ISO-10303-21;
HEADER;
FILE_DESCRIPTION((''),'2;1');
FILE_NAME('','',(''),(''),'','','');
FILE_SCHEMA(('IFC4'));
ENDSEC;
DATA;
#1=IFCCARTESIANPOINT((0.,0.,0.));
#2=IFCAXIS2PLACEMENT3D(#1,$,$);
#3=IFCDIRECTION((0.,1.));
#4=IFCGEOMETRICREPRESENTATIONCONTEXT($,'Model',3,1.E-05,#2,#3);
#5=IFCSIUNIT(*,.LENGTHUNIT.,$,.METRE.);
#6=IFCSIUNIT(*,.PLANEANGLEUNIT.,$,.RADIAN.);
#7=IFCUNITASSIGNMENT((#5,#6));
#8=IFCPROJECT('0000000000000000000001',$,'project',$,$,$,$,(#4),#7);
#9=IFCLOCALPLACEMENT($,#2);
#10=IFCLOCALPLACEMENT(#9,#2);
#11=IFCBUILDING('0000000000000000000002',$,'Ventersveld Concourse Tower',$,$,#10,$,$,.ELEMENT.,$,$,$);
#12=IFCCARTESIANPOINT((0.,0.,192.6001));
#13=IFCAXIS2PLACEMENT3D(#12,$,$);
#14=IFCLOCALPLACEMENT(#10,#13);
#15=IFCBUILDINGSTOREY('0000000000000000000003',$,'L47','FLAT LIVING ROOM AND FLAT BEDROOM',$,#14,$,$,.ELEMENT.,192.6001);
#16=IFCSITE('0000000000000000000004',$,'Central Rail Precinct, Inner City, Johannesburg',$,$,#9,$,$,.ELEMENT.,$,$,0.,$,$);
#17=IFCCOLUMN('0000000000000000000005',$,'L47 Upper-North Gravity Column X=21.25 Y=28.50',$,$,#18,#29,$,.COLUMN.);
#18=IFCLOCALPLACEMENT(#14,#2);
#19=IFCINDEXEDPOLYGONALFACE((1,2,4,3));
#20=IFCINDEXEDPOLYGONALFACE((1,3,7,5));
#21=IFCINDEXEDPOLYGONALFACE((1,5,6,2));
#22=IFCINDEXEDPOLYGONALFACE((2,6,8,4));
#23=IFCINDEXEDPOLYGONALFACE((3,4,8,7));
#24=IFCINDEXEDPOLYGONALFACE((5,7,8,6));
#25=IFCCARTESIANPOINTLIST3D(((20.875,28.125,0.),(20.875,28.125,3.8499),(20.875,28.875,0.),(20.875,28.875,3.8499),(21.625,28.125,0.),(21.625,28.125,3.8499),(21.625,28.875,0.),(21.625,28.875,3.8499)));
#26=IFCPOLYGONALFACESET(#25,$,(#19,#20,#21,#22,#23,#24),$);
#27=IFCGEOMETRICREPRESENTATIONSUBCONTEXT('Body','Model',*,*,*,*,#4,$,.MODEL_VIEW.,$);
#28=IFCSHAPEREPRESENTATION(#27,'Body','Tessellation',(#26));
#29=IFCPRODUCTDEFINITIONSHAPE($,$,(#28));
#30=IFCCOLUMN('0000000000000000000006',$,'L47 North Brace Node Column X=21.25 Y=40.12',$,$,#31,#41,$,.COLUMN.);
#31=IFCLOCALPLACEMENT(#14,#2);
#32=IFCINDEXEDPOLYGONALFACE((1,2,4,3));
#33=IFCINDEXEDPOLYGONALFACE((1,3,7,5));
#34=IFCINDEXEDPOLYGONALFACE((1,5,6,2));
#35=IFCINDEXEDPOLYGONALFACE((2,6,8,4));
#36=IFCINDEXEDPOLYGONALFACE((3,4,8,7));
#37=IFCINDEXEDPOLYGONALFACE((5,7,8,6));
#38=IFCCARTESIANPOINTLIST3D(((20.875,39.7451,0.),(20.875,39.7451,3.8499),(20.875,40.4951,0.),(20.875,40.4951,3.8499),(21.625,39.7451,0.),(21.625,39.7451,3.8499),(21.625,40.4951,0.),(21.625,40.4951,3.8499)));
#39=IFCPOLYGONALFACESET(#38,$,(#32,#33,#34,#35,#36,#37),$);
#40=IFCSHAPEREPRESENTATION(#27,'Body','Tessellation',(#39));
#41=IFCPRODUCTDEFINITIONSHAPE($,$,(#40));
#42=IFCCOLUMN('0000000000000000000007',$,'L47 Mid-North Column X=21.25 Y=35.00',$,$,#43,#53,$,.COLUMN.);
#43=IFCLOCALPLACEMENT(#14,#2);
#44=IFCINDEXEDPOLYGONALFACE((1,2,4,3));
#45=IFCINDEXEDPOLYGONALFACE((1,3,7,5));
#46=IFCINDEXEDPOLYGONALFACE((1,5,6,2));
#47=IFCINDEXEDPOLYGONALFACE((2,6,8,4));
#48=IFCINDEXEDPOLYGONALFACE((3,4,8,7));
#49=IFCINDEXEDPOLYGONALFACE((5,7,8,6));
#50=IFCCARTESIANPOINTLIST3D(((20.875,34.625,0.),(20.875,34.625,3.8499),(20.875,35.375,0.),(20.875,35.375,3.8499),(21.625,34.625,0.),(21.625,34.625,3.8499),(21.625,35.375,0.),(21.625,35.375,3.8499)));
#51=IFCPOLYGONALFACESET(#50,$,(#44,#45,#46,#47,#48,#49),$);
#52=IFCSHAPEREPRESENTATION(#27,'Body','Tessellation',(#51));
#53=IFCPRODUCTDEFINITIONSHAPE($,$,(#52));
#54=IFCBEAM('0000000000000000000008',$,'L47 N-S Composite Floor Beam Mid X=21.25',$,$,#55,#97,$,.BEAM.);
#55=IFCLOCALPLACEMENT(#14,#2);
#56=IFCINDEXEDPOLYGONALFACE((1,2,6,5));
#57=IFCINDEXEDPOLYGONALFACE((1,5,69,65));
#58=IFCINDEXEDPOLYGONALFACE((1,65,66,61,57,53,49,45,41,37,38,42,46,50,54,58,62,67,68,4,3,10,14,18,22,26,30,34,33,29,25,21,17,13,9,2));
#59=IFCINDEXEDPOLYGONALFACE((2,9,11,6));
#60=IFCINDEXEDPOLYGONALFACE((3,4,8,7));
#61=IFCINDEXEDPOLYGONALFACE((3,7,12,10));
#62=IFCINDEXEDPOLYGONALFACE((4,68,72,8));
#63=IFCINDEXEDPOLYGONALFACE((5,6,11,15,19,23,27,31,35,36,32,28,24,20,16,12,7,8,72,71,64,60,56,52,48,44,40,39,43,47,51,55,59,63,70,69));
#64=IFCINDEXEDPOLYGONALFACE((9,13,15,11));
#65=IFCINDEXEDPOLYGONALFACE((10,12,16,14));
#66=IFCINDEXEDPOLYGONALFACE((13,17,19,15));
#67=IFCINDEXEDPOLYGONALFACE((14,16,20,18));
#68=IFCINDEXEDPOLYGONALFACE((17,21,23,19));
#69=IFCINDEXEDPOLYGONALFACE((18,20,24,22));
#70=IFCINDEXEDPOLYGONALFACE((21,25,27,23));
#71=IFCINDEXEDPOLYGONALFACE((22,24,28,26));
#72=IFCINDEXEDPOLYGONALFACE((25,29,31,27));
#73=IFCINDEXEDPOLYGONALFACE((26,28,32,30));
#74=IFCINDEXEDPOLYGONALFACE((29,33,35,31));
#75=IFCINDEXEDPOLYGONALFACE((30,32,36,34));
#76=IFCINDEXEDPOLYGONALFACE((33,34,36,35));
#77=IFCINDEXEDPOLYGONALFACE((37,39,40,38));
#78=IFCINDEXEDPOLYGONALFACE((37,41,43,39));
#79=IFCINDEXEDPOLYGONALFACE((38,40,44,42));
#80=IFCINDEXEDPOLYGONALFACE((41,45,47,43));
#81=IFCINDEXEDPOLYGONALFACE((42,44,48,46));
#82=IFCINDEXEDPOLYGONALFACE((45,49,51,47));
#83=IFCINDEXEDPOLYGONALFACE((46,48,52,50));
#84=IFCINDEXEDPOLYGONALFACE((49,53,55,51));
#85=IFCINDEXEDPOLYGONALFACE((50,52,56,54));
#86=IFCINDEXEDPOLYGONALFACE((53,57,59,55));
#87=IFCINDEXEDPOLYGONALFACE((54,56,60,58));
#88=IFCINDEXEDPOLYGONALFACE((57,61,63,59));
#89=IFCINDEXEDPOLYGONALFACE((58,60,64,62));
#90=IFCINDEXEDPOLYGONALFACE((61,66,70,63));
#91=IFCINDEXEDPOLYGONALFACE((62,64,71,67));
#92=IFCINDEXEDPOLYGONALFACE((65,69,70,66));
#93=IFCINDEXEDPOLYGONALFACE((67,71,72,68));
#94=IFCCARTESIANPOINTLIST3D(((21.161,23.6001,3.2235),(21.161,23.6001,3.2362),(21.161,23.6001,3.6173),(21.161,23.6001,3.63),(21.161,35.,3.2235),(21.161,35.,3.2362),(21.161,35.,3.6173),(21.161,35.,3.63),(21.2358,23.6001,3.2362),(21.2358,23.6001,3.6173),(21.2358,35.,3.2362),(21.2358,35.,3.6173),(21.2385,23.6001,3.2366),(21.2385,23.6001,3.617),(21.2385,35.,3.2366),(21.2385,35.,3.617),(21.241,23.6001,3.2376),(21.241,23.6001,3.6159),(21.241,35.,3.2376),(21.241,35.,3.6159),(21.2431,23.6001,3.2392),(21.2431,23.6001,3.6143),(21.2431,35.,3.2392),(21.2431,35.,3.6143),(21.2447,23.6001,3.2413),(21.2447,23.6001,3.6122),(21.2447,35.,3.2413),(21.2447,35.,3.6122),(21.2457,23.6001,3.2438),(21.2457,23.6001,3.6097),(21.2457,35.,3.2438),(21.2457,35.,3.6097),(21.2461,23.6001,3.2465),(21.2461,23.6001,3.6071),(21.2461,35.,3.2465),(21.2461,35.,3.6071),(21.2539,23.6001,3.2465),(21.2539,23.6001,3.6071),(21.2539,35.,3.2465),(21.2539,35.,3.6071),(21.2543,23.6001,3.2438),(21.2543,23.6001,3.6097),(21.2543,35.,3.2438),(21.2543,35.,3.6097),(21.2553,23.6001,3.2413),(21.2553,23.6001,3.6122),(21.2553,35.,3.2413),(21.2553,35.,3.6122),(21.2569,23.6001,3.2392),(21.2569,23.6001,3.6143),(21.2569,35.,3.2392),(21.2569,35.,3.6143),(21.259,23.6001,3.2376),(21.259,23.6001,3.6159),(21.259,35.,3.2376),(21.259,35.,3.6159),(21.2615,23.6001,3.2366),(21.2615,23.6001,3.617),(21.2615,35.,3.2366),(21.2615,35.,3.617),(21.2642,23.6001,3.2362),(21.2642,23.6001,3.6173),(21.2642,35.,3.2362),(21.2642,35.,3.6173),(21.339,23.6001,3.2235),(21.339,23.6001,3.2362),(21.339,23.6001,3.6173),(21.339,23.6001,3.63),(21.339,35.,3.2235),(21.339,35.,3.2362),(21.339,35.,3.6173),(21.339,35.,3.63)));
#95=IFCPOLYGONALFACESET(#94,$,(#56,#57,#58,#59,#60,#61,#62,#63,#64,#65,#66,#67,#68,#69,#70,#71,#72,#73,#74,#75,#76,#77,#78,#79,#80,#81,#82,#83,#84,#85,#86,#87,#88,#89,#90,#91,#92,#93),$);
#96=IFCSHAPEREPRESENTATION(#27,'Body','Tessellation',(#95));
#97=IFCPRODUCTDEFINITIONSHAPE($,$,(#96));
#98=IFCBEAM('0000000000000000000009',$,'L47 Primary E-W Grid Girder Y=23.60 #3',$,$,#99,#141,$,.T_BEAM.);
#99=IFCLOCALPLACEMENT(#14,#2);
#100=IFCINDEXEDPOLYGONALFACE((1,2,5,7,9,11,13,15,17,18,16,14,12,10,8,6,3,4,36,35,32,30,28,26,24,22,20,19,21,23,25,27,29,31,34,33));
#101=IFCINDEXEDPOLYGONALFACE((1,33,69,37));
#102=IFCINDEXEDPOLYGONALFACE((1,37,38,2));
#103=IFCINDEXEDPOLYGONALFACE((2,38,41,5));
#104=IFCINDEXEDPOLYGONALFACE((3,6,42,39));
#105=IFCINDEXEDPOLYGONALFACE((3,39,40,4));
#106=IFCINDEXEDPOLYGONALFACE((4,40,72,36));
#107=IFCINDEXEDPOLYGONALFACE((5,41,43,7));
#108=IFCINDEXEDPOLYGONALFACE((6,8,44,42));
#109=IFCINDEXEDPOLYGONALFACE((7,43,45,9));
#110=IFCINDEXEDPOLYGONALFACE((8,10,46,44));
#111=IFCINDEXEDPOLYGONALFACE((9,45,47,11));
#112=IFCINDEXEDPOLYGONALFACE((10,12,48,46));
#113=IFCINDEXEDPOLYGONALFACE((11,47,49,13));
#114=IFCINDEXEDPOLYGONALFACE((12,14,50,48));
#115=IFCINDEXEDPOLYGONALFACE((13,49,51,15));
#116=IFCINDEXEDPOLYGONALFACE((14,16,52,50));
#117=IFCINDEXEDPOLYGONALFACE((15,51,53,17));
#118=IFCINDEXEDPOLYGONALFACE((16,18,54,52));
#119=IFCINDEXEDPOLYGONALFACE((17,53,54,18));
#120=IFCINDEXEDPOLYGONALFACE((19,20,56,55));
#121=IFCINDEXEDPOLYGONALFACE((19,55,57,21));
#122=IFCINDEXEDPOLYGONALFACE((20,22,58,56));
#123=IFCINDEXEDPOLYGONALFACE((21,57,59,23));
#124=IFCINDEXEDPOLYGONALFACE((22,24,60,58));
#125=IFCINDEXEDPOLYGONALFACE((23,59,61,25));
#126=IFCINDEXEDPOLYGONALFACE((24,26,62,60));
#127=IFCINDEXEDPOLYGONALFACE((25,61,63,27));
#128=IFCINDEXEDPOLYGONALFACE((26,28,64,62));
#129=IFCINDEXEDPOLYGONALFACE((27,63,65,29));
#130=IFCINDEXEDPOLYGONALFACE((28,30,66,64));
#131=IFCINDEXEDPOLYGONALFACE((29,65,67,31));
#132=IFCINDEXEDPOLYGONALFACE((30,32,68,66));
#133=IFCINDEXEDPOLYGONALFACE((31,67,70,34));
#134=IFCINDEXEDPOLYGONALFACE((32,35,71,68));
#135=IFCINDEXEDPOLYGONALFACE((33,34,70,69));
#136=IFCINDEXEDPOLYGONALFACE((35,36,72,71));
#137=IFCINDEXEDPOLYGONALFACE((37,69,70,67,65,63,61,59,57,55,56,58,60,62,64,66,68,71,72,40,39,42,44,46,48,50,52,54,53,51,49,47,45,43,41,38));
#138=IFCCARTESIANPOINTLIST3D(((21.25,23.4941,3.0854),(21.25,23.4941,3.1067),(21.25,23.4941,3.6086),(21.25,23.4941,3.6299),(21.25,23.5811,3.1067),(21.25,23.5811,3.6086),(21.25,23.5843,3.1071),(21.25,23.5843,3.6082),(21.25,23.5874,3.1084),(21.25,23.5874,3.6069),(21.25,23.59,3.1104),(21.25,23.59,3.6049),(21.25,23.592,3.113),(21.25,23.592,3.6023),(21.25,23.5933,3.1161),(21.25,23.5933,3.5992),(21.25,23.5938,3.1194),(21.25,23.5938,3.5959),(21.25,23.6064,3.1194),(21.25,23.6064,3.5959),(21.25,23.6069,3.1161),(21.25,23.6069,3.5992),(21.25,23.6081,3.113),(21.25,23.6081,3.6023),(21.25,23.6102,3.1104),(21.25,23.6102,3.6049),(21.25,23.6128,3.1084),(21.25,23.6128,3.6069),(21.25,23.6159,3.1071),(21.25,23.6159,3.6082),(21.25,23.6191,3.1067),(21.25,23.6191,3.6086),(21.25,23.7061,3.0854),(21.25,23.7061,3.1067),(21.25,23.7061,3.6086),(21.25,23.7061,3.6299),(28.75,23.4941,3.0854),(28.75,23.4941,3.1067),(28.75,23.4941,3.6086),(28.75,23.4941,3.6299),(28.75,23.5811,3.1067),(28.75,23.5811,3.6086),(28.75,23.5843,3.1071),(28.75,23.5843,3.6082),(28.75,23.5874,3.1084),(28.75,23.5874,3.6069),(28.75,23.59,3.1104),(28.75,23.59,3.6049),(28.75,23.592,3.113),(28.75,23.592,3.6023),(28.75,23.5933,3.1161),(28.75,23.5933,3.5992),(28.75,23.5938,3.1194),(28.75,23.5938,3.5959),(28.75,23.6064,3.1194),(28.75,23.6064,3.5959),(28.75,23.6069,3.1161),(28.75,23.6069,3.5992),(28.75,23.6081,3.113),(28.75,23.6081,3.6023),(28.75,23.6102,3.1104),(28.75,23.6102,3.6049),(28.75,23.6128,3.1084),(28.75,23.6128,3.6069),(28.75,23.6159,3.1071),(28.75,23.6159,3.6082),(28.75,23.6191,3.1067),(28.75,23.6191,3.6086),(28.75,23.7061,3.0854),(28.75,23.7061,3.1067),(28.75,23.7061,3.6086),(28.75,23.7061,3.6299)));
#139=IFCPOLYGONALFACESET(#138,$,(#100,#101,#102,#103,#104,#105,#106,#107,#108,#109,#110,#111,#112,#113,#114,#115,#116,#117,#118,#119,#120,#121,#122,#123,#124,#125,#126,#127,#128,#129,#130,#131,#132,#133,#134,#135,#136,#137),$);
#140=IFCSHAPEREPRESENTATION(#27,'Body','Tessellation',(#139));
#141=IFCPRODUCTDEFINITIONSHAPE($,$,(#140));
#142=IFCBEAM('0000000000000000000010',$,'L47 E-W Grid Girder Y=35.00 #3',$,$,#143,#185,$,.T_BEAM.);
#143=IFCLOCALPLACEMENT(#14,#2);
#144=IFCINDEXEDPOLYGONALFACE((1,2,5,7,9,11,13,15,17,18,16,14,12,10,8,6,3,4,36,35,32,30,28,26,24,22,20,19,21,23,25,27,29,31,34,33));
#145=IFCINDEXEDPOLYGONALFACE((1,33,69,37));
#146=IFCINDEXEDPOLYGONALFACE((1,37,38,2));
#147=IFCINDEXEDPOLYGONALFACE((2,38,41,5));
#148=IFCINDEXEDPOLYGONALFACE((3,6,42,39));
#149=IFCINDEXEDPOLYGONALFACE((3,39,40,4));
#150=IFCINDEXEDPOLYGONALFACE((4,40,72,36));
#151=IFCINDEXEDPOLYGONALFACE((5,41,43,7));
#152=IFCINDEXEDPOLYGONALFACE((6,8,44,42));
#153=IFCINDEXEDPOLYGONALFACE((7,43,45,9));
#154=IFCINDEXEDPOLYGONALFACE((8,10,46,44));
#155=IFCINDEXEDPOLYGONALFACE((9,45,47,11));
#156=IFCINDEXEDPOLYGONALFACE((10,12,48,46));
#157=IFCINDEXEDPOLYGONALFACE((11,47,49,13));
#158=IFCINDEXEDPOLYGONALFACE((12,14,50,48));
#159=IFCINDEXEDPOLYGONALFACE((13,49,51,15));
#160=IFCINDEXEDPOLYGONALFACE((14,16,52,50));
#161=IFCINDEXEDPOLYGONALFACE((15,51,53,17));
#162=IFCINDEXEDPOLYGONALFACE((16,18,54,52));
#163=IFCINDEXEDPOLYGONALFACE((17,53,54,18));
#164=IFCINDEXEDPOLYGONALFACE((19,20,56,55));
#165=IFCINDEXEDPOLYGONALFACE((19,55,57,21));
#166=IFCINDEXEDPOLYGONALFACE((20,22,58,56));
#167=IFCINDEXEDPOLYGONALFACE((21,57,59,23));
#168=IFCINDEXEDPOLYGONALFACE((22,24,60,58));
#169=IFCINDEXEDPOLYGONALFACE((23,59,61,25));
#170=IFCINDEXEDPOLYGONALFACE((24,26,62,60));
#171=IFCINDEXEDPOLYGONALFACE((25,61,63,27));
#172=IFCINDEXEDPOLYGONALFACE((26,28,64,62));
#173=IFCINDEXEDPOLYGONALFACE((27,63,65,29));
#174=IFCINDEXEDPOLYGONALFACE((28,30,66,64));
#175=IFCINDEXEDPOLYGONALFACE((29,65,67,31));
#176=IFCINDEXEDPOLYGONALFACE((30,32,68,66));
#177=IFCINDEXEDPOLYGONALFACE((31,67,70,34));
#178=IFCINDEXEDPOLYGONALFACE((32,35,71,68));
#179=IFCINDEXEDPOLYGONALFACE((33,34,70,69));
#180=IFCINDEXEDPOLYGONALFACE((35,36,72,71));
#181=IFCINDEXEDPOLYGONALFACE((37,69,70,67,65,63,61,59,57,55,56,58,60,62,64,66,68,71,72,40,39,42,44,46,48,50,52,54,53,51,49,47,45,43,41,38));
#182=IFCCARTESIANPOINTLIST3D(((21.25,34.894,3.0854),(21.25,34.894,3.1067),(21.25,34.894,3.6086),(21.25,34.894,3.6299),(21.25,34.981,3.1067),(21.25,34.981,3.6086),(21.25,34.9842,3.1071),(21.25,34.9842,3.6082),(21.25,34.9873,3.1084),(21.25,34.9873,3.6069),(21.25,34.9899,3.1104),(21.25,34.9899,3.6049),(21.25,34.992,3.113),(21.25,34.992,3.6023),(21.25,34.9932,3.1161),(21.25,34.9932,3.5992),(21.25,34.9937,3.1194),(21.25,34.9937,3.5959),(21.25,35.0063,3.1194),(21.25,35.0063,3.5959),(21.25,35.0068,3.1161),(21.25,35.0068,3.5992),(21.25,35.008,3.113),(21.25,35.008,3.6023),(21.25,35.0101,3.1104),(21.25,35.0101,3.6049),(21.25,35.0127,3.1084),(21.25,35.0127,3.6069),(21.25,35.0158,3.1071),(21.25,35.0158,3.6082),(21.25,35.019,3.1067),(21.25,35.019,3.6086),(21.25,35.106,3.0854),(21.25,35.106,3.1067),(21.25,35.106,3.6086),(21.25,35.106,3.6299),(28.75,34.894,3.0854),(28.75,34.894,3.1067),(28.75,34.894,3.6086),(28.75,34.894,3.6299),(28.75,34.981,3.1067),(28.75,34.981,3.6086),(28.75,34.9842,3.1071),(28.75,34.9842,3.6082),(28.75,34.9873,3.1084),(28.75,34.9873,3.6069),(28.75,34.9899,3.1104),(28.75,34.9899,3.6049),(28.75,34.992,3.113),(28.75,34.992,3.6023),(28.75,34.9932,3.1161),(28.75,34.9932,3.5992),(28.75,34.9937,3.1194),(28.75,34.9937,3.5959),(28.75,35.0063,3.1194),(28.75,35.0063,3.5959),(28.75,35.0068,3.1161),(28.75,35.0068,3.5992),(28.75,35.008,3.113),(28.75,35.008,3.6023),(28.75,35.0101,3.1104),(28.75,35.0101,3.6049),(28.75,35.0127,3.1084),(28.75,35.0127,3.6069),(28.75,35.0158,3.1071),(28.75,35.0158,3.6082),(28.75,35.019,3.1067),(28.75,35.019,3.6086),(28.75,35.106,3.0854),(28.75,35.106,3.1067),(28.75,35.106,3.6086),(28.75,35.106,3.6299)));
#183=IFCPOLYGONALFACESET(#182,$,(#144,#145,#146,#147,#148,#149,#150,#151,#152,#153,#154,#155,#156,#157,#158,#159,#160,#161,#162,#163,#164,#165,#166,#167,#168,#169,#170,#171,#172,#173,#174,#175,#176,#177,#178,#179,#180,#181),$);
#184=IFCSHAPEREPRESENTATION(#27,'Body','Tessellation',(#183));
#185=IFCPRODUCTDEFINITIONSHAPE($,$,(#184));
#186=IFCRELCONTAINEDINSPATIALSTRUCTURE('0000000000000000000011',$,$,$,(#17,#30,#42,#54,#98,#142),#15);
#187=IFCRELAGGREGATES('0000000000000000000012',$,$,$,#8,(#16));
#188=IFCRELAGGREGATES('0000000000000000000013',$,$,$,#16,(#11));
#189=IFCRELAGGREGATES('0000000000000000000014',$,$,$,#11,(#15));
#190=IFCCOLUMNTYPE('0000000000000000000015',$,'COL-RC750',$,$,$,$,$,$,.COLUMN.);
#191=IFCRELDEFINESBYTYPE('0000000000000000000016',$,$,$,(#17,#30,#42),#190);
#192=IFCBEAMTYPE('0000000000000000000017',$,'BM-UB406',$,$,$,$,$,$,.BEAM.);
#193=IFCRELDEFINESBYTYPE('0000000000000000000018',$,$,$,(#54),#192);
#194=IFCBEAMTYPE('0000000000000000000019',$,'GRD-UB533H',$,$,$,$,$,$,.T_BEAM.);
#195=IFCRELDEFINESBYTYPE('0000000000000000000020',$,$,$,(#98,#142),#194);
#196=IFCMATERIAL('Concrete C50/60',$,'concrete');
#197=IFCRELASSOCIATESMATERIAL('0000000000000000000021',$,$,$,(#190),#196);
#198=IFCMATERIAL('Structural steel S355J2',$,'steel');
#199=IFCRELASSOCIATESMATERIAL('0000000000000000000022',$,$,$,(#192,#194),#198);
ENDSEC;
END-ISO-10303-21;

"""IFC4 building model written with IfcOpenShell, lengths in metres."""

from ifc_helpers import new_model, si_unit, direction, frame, origin, origin_2d, place, context, subcontext, project, spatial, rectangle, i_section, extrude, material, material_profile, profile_set, type_object, element, save


model = new_model("IFC4")

# Units and contexts
model_context = context("Model", 3, precision=1e-05, world=origin(), true_north=direction((0.0, 1.0)))
body_context = subcontext(model_context, "Body", "Model", "MODEL_VIEW")
ifc_project = project(units=[si_unit("LENGTHUNIT", "METRE"), si_unit("PLANEANGLEUNIT", "RADIAN")], contexts=[model_context])

# Site, building, storey
site_placement = place(None, origin())
site = spatial("IfcSite", under=ifc_project, at=site_placement, Name="Central Rail Precinct, Inner City, Johannesburg", CompositionType="ELEMENT", RefElevation=0.0)
building_placement = place(site_placement, origin())
building = spatial("IfcBuilding", under=site, at=building_placement, Name="Ventersveld Concourse Tower", CompositionType="ELEMENT")
storey_placement = place(building_placement, frame((0.0, 0.0, 192.6001)))
storey = spatial("IfcBuildingStorey", under=building, at=storey_placement, Name="L47", Description="FLAT LIVING ROOM AND FLAT BEDROOM", CompositionType="ELEMENT", Elevation=192.6001)

# Columns
ifc_material_1 = material(Name="Concrete C50/60", Category="concrete")
ifc_material_profile_1 = material_profile(ifc_material_1, rectangle(XDim=0.75, YDim=0.75, at=origin_2d()), Name="RC 750x750")
ifc_profile_set_1 = profile_set([ifc_material_profile_1], Name="Concrete C50/60")
column_type = type_object("IfcColumnType", Name="COL-RC750", PredefinedType="COLUMN", material=ifc_profile_set_1)
for number, where, z_axis, x_axis, name in (
    (1, (21.25, 28.5, 0.0), (0.0, 0.0, 1.0), (1.0, 0.0, 0.0), "L47 Upper-North Gravity Column X=21.25 Y=28.50"),
    (2, (21.25, 40.1201, 0.0), (0.0, 0.0, 1.0), (1.0, 0.0, 0.0), "L47 North Brace Node Column X=21.25 Y=40.12"),
    (3, (21.25, 35.0, 0.0), (0.0, 0.0, 1.0), (1.0, 0.0, 0.0), "L47 Mid-North Column X=21.25 Y=35.00"),
):
    element("IfcColumn", number, at=place(storey_placement, frame(where, z_axis=z_axis, x_axis=x_axis)), inside=storey, type_object=column_type, Name=name, PredefinedType="COLUMN", context=body_context, shape_type="SweptSolid", body=[
        extrude(rectangle(XDim=0.75, YDim=0.75, at=origin_2d()), origin(), (0.0, 0.0, 1.0), 3.8499),
    ])

# Beams
ifc_material_2 = material(Name="Structural steel S355J2", Category="steel")
ifc_material_profile_2 = material_profile(ifc_material_2, i_section(OverallWidth=0.178, OverallDepth=0.4065, WebThickness=0.0078, FlangeThickness=0.0127, FilletRadius=0.0103, at=origin_2d()), Name="UB 406x178x60")
ifc_profile_set_2 = profile_set([ifc_material_profile_2], Name="Structural steel S355J2")
beam_type_1 = type_object("IfcBeamType", Name="BM-UB406", PredefinedType="BEAM", material=ifc_profile_set_2)
beam_1_placement = place(storey_placement, frame((21.25, 23.6001, 3.4268), z_axis=(0.0, 1.0, 0.0), x_axis=(-1.0, 0.0, 0.0)))
element("IfcBeam", 4, at=beam_1_placement, inside=storey, type_object=beam_type_1, Name="L47 N-S Composite Floor Beam Mid X=21.25", PredefinedType="BEAM", context=body_context, shape_type="SweptSolid", body=[
    extrude(i_section(OverallWidth=0.178, OverallDepth=0.4065, WebThickness=0.0078, FlangeThickness=0.0127, FilletRadius=0.0103, at=origin_2d()), origin(), (0.0, 0.0, 1.0), 11.3999),
])
ifc_material_profile_3 = material_profile(ifc_material_2, i_section(OverallWidth=0.2119, OverallDepth=0.5444, WebThickness=0.0127, FlangeThickness=0.0212, FilletRadius=0.0127, at=origin_2d()), Name="UB 533x210x122")
ifc_profile_set_3 = profile_set([ifc_material_profile_3], Name="Structural steel S355J2")
beam_type_2 = type_object("IfcBeamType", Name="GRD-UB533H", PredefinedType="T_BEAM", material=ifc_profile_set_3)
for number, where, z_axis, x_axis, name in (
    (5, (21.25, 23.6001, 3.3577), (1.0, 0.0, 0.0), (0.0, 1.0, 0.0), "L47 Primary E-W Grid Girder Y=23.60 #3"),
    (6, (21.25, 35.0, 3.3577), (1.0, 0.0, 0.0), (0.0, 1.0, 0.0), "L47 E-W Grid Girder Y=35.00 #3"),
):
    element("IfcBeam", number, at=place(storey_placement, frame(where, z_axis=z_axis, x_axis=x_axis)), inside=storey, type_object=beam_type_2, Name=name, PredefinedType="T_BEAM", context=body_context, shape_type="SweptSolid", body=[
        extrude(i_section(OverallWidth=0.2119, OverallDepth=0.5444, WebThickness=0.0127, FlangeThickness=0.0212, FilletRadius=0.0127, at=origin_2d()), origin(), (0.0, 0.0, 1.0), 7.5),
    ])

save(model, "model.ifc")
